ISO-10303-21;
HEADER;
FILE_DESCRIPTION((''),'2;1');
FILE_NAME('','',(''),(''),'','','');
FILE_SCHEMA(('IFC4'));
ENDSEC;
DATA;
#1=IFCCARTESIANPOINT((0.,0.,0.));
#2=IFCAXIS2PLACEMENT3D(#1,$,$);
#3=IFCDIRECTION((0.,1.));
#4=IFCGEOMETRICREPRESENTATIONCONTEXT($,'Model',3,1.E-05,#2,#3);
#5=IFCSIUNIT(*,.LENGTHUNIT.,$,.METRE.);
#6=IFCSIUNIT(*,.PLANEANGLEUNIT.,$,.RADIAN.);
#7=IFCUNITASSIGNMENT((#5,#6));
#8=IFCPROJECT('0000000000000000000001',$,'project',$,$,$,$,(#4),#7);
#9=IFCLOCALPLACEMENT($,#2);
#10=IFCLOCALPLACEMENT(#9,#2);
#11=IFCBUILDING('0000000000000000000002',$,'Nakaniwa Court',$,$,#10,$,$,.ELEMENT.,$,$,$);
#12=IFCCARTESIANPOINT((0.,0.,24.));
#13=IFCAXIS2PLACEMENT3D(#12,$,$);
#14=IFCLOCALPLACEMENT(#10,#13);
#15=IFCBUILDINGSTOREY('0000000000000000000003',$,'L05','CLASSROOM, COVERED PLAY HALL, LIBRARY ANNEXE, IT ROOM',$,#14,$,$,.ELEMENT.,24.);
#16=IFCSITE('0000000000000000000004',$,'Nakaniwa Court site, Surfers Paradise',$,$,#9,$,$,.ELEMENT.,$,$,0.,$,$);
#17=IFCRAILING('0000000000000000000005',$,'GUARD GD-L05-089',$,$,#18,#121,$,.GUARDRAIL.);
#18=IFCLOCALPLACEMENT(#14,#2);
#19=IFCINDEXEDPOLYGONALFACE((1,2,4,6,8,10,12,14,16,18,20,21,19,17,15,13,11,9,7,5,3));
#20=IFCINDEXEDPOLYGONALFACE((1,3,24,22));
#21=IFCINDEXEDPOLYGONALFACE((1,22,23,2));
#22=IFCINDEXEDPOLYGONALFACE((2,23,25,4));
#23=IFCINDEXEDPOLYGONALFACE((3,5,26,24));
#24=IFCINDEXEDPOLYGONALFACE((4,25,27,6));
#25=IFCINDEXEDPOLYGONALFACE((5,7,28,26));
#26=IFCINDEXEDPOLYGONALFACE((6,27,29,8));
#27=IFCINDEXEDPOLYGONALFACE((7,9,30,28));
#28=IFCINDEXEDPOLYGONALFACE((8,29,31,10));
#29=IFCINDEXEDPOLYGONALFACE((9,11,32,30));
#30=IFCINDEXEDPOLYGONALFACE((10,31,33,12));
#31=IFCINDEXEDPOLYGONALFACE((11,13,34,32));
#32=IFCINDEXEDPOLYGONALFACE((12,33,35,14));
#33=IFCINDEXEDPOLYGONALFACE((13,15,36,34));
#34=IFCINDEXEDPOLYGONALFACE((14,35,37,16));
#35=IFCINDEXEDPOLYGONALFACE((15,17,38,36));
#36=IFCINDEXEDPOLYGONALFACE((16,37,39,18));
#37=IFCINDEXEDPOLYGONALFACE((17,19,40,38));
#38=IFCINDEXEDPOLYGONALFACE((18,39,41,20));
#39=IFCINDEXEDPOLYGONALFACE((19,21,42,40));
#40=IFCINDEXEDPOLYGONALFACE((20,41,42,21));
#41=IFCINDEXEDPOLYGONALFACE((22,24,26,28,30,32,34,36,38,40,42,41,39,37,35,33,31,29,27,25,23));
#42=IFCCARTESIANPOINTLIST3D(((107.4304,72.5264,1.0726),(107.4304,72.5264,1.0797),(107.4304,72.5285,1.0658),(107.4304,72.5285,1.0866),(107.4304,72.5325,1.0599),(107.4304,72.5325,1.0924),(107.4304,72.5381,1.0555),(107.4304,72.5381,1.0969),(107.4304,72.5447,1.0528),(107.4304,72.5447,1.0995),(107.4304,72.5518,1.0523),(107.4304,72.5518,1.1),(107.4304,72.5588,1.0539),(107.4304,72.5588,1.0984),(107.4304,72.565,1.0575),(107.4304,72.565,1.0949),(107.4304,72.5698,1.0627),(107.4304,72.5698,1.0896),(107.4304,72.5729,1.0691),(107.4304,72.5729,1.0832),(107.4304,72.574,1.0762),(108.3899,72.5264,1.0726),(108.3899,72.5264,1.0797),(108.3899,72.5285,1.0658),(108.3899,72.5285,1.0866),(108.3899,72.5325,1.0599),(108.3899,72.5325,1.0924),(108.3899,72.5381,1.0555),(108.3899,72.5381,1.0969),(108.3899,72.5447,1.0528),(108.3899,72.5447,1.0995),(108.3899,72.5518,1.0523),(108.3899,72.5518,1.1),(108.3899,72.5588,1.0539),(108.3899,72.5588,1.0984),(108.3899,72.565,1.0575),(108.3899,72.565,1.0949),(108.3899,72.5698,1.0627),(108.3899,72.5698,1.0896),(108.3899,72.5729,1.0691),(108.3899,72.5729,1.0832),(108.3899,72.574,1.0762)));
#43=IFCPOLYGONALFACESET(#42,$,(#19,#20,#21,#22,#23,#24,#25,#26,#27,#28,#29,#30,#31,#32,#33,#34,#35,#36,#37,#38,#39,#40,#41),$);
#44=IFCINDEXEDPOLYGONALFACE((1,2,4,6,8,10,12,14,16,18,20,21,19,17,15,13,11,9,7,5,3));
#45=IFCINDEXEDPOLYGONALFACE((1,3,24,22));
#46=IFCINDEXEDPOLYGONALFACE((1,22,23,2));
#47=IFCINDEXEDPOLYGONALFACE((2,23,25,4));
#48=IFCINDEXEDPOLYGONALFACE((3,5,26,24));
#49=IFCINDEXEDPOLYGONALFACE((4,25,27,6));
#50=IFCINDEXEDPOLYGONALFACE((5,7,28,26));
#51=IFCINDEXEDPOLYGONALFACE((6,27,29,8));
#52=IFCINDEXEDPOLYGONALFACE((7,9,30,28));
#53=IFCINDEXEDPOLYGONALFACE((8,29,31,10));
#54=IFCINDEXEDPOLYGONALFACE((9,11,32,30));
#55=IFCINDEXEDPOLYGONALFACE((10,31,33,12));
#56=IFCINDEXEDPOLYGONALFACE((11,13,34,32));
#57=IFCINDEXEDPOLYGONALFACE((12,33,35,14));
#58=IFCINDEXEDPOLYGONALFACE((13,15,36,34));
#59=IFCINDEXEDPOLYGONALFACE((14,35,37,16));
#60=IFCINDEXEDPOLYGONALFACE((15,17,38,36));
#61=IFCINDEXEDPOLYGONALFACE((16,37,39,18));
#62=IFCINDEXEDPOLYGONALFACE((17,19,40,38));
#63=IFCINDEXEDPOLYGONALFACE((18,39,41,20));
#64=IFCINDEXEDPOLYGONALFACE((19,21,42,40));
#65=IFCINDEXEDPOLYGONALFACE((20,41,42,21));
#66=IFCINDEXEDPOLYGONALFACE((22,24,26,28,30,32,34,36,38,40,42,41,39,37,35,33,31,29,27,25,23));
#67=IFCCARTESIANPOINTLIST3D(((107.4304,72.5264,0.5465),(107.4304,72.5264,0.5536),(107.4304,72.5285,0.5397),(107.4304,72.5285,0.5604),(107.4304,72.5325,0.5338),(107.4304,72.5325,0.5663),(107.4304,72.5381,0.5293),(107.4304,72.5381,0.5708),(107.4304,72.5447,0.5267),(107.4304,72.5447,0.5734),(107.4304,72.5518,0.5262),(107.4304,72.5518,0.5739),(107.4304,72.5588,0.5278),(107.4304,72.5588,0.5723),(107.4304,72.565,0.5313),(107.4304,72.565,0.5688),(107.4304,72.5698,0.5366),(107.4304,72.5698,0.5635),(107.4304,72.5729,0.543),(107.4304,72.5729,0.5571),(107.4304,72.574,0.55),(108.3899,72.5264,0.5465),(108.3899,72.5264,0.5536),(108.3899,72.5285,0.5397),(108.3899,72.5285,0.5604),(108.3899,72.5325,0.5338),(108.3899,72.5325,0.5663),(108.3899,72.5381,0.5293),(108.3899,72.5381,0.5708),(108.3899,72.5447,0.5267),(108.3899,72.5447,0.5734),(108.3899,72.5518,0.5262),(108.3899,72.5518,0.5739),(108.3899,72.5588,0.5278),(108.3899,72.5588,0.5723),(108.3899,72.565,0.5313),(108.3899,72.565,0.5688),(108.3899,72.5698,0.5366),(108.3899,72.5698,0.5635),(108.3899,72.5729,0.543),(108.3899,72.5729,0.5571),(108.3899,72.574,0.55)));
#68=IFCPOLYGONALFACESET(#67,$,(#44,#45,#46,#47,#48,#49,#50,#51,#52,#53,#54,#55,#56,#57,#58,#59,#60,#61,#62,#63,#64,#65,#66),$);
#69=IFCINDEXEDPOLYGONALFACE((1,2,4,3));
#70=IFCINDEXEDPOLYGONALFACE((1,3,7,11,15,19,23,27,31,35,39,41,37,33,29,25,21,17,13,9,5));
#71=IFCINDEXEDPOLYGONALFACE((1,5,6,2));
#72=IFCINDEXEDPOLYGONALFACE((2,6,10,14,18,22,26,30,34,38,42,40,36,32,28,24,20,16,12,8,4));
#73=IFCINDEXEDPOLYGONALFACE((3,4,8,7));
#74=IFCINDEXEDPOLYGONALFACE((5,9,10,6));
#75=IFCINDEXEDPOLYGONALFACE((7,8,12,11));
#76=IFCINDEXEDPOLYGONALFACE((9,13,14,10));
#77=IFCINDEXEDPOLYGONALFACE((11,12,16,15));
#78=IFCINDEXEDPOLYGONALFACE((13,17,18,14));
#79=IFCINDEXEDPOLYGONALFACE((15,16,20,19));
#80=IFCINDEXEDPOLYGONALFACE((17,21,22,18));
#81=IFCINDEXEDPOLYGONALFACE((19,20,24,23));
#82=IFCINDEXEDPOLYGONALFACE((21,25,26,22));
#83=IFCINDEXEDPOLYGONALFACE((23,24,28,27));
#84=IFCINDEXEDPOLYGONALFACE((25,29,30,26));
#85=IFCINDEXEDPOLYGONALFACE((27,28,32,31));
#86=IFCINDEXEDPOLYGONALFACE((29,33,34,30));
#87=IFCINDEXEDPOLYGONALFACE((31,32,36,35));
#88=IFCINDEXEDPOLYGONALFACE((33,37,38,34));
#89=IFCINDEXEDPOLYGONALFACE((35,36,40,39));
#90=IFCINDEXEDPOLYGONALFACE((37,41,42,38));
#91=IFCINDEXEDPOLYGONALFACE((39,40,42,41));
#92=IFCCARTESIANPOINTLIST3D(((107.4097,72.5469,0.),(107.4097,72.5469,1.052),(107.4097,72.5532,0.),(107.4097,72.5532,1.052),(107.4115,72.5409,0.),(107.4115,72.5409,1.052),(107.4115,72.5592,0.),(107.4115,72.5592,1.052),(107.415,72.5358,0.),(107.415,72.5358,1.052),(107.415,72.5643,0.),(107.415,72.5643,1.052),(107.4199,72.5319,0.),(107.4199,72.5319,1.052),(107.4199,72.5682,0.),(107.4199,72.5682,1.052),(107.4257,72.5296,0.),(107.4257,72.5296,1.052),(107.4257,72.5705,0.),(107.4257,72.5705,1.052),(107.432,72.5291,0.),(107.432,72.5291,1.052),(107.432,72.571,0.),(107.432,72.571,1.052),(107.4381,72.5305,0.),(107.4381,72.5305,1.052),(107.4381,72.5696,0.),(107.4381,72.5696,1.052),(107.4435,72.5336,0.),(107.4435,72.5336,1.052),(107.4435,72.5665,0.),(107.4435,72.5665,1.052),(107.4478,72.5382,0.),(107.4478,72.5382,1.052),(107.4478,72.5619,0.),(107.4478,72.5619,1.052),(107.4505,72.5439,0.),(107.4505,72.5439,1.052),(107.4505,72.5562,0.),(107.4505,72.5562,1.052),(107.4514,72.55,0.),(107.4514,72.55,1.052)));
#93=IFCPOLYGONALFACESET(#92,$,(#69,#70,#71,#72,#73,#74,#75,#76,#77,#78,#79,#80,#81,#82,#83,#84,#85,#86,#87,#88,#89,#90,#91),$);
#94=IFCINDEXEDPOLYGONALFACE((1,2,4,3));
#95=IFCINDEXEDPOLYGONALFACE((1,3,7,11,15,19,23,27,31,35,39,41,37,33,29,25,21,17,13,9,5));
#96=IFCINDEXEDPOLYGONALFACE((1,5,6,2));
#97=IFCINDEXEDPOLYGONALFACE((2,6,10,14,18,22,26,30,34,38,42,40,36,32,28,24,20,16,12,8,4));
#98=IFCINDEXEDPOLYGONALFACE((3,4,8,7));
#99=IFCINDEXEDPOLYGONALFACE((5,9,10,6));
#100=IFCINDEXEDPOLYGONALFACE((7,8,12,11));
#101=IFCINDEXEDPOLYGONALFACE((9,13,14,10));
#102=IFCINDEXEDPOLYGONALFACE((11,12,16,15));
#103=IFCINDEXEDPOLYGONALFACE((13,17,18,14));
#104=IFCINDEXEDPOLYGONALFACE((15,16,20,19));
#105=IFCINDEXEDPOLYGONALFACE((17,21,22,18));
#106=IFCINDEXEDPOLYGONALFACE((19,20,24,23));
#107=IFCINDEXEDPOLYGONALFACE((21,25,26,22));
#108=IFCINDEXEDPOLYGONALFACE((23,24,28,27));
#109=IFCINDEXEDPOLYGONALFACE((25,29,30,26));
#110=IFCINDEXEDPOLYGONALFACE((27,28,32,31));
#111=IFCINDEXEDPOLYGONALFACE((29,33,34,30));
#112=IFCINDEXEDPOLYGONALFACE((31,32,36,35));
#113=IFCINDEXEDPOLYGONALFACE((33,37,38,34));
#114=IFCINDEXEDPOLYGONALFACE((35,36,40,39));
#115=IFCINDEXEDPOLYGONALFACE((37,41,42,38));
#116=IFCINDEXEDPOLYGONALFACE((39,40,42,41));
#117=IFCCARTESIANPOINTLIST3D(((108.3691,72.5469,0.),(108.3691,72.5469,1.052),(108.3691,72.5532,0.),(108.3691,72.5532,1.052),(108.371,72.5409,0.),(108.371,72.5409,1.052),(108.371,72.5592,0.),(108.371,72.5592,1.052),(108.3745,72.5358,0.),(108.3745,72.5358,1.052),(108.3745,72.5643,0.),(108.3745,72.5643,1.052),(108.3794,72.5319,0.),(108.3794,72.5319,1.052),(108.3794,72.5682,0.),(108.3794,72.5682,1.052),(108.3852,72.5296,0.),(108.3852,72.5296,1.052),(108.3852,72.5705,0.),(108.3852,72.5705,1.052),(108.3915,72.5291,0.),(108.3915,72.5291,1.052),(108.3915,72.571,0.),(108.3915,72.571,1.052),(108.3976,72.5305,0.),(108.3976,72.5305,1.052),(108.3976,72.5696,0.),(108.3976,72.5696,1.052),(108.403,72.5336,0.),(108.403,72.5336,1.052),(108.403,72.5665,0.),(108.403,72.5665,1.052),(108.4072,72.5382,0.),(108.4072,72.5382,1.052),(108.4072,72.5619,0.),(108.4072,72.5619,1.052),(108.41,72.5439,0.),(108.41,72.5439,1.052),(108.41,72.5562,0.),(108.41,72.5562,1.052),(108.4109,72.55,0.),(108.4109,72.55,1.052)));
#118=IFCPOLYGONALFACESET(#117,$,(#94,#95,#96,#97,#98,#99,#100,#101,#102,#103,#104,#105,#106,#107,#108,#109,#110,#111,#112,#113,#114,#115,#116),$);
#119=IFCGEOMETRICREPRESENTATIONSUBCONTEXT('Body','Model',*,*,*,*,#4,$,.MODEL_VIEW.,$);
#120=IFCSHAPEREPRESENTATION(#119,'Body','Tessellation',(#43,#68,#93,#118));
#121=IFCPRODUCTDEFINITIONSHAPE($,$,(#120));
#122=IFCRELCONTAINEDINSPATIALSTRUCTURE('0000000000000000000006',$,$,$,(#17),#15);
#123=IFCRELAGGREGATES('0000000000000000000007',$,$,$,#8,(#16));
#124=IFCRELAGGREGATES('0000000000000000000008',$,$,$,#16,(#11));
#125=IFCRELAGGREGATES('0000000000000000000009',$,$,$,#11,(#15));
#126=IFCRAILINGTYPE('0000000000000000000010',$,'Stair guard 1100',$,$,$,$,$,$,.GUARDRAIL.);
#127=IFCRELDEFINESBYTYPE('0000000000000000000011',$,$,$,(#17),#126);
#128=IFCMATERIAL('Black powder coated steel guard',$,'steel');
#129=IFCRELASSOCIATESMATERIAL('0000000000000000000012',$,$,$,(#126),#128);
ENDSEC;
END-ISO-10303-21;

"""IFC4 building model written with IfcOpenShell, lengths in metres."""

from ifc_helpers import new_model, si_unit, direction, frame, origin, origin_2d, place, context, subcontext, project, spatial, circle, extrude, material, type_object, element, save


model = new_model("IFC4")

# Units and contexts
model_context = context("Model", 3, precision=1e-05, world=origin(), true_north=direction((0.0, 1.0)))
body_context = subcontext(model_context, "Body", "Model", "MODEL_VIEW")
ifc_project = project(units=[si_unit("LENGTHUNIT", "METRE"), si_unit("PLANEANGLEUNIT", "RADIAN")], contexts=[model_context])

# Site, building, storey
site_placement = place(None, origin())
site = spatial("IfcSite", under=ifc_project, at=site_placement, Name="Nakaniwa Court site, Surfers Paradise", CompositionType="ELEMENT", RefElevation=0.0)
building_placement = place(site_placement, origin())
building = spatial("IfcBuilding", under=site, at=building_placement, Name="Nakaniwa Court", CompositionType="ELEMENT")
storey_placement = place(building_placement, frame((0.0, 0.0, 24.0)))
storey = spatial("IfcBuildingStorey", under=building, at=storey_placement, Name="L05", Description="CLASSROOM, COVERED PLAY HALL, LIBRARY ANNEXE, IT ROOM", CompositionType="ELEMENT", Elevation=24.0)

# Railing
ifc_material_1 = material(Name="Black powder coated steel guard", Category="steel")
railing_type = type_object("IfcRailingType", Name="Stair guard 1100", PredefinedType="GUARDRAIL", material=ifc_material_1)
railing_1_placement = place(storey_placement, frame((107.4304, 72.55, 0.0)))
element("IfcRailing", 1, at=railing_1_placement, inside=storey, type_object=railing_type, Name="GUARD GD-L05-089", PredefinedType="GUARDRAIL", context=body_context, shape_type="SweptSolid", body=[
    extrude(circle(Radius=0.0239, at=origin_2d()), frame((0.0, 0.0, 1.0762), z_axis=(1.0, 0.0, 0.0), x_axis=(0.0, 1.0, 0.0)), (0.0, 0.0, 1.0), 0.9595),
    extrude(circle(Radius=0.0239, at=origin_2d()), frame((0.0, 0.0, 0.55), z_axis=(1.0, 0.0, 0.0), x_axis=(0.0, 1.0, 0.0)), (0.0, 0.0, 1.0), 0.9595),
    extrude(circle(Radius=0.021, at=origin_2d()), origin(), (0.0, 0.0, 1.0), 1.052),
    extrude(circle(Radius=0.021, at=origin_2d()), frame((0.9595, 0.0, 0.0)), (0.0, 0.0, 1.0), 1.052),
])

save(model, "model.ifc")
